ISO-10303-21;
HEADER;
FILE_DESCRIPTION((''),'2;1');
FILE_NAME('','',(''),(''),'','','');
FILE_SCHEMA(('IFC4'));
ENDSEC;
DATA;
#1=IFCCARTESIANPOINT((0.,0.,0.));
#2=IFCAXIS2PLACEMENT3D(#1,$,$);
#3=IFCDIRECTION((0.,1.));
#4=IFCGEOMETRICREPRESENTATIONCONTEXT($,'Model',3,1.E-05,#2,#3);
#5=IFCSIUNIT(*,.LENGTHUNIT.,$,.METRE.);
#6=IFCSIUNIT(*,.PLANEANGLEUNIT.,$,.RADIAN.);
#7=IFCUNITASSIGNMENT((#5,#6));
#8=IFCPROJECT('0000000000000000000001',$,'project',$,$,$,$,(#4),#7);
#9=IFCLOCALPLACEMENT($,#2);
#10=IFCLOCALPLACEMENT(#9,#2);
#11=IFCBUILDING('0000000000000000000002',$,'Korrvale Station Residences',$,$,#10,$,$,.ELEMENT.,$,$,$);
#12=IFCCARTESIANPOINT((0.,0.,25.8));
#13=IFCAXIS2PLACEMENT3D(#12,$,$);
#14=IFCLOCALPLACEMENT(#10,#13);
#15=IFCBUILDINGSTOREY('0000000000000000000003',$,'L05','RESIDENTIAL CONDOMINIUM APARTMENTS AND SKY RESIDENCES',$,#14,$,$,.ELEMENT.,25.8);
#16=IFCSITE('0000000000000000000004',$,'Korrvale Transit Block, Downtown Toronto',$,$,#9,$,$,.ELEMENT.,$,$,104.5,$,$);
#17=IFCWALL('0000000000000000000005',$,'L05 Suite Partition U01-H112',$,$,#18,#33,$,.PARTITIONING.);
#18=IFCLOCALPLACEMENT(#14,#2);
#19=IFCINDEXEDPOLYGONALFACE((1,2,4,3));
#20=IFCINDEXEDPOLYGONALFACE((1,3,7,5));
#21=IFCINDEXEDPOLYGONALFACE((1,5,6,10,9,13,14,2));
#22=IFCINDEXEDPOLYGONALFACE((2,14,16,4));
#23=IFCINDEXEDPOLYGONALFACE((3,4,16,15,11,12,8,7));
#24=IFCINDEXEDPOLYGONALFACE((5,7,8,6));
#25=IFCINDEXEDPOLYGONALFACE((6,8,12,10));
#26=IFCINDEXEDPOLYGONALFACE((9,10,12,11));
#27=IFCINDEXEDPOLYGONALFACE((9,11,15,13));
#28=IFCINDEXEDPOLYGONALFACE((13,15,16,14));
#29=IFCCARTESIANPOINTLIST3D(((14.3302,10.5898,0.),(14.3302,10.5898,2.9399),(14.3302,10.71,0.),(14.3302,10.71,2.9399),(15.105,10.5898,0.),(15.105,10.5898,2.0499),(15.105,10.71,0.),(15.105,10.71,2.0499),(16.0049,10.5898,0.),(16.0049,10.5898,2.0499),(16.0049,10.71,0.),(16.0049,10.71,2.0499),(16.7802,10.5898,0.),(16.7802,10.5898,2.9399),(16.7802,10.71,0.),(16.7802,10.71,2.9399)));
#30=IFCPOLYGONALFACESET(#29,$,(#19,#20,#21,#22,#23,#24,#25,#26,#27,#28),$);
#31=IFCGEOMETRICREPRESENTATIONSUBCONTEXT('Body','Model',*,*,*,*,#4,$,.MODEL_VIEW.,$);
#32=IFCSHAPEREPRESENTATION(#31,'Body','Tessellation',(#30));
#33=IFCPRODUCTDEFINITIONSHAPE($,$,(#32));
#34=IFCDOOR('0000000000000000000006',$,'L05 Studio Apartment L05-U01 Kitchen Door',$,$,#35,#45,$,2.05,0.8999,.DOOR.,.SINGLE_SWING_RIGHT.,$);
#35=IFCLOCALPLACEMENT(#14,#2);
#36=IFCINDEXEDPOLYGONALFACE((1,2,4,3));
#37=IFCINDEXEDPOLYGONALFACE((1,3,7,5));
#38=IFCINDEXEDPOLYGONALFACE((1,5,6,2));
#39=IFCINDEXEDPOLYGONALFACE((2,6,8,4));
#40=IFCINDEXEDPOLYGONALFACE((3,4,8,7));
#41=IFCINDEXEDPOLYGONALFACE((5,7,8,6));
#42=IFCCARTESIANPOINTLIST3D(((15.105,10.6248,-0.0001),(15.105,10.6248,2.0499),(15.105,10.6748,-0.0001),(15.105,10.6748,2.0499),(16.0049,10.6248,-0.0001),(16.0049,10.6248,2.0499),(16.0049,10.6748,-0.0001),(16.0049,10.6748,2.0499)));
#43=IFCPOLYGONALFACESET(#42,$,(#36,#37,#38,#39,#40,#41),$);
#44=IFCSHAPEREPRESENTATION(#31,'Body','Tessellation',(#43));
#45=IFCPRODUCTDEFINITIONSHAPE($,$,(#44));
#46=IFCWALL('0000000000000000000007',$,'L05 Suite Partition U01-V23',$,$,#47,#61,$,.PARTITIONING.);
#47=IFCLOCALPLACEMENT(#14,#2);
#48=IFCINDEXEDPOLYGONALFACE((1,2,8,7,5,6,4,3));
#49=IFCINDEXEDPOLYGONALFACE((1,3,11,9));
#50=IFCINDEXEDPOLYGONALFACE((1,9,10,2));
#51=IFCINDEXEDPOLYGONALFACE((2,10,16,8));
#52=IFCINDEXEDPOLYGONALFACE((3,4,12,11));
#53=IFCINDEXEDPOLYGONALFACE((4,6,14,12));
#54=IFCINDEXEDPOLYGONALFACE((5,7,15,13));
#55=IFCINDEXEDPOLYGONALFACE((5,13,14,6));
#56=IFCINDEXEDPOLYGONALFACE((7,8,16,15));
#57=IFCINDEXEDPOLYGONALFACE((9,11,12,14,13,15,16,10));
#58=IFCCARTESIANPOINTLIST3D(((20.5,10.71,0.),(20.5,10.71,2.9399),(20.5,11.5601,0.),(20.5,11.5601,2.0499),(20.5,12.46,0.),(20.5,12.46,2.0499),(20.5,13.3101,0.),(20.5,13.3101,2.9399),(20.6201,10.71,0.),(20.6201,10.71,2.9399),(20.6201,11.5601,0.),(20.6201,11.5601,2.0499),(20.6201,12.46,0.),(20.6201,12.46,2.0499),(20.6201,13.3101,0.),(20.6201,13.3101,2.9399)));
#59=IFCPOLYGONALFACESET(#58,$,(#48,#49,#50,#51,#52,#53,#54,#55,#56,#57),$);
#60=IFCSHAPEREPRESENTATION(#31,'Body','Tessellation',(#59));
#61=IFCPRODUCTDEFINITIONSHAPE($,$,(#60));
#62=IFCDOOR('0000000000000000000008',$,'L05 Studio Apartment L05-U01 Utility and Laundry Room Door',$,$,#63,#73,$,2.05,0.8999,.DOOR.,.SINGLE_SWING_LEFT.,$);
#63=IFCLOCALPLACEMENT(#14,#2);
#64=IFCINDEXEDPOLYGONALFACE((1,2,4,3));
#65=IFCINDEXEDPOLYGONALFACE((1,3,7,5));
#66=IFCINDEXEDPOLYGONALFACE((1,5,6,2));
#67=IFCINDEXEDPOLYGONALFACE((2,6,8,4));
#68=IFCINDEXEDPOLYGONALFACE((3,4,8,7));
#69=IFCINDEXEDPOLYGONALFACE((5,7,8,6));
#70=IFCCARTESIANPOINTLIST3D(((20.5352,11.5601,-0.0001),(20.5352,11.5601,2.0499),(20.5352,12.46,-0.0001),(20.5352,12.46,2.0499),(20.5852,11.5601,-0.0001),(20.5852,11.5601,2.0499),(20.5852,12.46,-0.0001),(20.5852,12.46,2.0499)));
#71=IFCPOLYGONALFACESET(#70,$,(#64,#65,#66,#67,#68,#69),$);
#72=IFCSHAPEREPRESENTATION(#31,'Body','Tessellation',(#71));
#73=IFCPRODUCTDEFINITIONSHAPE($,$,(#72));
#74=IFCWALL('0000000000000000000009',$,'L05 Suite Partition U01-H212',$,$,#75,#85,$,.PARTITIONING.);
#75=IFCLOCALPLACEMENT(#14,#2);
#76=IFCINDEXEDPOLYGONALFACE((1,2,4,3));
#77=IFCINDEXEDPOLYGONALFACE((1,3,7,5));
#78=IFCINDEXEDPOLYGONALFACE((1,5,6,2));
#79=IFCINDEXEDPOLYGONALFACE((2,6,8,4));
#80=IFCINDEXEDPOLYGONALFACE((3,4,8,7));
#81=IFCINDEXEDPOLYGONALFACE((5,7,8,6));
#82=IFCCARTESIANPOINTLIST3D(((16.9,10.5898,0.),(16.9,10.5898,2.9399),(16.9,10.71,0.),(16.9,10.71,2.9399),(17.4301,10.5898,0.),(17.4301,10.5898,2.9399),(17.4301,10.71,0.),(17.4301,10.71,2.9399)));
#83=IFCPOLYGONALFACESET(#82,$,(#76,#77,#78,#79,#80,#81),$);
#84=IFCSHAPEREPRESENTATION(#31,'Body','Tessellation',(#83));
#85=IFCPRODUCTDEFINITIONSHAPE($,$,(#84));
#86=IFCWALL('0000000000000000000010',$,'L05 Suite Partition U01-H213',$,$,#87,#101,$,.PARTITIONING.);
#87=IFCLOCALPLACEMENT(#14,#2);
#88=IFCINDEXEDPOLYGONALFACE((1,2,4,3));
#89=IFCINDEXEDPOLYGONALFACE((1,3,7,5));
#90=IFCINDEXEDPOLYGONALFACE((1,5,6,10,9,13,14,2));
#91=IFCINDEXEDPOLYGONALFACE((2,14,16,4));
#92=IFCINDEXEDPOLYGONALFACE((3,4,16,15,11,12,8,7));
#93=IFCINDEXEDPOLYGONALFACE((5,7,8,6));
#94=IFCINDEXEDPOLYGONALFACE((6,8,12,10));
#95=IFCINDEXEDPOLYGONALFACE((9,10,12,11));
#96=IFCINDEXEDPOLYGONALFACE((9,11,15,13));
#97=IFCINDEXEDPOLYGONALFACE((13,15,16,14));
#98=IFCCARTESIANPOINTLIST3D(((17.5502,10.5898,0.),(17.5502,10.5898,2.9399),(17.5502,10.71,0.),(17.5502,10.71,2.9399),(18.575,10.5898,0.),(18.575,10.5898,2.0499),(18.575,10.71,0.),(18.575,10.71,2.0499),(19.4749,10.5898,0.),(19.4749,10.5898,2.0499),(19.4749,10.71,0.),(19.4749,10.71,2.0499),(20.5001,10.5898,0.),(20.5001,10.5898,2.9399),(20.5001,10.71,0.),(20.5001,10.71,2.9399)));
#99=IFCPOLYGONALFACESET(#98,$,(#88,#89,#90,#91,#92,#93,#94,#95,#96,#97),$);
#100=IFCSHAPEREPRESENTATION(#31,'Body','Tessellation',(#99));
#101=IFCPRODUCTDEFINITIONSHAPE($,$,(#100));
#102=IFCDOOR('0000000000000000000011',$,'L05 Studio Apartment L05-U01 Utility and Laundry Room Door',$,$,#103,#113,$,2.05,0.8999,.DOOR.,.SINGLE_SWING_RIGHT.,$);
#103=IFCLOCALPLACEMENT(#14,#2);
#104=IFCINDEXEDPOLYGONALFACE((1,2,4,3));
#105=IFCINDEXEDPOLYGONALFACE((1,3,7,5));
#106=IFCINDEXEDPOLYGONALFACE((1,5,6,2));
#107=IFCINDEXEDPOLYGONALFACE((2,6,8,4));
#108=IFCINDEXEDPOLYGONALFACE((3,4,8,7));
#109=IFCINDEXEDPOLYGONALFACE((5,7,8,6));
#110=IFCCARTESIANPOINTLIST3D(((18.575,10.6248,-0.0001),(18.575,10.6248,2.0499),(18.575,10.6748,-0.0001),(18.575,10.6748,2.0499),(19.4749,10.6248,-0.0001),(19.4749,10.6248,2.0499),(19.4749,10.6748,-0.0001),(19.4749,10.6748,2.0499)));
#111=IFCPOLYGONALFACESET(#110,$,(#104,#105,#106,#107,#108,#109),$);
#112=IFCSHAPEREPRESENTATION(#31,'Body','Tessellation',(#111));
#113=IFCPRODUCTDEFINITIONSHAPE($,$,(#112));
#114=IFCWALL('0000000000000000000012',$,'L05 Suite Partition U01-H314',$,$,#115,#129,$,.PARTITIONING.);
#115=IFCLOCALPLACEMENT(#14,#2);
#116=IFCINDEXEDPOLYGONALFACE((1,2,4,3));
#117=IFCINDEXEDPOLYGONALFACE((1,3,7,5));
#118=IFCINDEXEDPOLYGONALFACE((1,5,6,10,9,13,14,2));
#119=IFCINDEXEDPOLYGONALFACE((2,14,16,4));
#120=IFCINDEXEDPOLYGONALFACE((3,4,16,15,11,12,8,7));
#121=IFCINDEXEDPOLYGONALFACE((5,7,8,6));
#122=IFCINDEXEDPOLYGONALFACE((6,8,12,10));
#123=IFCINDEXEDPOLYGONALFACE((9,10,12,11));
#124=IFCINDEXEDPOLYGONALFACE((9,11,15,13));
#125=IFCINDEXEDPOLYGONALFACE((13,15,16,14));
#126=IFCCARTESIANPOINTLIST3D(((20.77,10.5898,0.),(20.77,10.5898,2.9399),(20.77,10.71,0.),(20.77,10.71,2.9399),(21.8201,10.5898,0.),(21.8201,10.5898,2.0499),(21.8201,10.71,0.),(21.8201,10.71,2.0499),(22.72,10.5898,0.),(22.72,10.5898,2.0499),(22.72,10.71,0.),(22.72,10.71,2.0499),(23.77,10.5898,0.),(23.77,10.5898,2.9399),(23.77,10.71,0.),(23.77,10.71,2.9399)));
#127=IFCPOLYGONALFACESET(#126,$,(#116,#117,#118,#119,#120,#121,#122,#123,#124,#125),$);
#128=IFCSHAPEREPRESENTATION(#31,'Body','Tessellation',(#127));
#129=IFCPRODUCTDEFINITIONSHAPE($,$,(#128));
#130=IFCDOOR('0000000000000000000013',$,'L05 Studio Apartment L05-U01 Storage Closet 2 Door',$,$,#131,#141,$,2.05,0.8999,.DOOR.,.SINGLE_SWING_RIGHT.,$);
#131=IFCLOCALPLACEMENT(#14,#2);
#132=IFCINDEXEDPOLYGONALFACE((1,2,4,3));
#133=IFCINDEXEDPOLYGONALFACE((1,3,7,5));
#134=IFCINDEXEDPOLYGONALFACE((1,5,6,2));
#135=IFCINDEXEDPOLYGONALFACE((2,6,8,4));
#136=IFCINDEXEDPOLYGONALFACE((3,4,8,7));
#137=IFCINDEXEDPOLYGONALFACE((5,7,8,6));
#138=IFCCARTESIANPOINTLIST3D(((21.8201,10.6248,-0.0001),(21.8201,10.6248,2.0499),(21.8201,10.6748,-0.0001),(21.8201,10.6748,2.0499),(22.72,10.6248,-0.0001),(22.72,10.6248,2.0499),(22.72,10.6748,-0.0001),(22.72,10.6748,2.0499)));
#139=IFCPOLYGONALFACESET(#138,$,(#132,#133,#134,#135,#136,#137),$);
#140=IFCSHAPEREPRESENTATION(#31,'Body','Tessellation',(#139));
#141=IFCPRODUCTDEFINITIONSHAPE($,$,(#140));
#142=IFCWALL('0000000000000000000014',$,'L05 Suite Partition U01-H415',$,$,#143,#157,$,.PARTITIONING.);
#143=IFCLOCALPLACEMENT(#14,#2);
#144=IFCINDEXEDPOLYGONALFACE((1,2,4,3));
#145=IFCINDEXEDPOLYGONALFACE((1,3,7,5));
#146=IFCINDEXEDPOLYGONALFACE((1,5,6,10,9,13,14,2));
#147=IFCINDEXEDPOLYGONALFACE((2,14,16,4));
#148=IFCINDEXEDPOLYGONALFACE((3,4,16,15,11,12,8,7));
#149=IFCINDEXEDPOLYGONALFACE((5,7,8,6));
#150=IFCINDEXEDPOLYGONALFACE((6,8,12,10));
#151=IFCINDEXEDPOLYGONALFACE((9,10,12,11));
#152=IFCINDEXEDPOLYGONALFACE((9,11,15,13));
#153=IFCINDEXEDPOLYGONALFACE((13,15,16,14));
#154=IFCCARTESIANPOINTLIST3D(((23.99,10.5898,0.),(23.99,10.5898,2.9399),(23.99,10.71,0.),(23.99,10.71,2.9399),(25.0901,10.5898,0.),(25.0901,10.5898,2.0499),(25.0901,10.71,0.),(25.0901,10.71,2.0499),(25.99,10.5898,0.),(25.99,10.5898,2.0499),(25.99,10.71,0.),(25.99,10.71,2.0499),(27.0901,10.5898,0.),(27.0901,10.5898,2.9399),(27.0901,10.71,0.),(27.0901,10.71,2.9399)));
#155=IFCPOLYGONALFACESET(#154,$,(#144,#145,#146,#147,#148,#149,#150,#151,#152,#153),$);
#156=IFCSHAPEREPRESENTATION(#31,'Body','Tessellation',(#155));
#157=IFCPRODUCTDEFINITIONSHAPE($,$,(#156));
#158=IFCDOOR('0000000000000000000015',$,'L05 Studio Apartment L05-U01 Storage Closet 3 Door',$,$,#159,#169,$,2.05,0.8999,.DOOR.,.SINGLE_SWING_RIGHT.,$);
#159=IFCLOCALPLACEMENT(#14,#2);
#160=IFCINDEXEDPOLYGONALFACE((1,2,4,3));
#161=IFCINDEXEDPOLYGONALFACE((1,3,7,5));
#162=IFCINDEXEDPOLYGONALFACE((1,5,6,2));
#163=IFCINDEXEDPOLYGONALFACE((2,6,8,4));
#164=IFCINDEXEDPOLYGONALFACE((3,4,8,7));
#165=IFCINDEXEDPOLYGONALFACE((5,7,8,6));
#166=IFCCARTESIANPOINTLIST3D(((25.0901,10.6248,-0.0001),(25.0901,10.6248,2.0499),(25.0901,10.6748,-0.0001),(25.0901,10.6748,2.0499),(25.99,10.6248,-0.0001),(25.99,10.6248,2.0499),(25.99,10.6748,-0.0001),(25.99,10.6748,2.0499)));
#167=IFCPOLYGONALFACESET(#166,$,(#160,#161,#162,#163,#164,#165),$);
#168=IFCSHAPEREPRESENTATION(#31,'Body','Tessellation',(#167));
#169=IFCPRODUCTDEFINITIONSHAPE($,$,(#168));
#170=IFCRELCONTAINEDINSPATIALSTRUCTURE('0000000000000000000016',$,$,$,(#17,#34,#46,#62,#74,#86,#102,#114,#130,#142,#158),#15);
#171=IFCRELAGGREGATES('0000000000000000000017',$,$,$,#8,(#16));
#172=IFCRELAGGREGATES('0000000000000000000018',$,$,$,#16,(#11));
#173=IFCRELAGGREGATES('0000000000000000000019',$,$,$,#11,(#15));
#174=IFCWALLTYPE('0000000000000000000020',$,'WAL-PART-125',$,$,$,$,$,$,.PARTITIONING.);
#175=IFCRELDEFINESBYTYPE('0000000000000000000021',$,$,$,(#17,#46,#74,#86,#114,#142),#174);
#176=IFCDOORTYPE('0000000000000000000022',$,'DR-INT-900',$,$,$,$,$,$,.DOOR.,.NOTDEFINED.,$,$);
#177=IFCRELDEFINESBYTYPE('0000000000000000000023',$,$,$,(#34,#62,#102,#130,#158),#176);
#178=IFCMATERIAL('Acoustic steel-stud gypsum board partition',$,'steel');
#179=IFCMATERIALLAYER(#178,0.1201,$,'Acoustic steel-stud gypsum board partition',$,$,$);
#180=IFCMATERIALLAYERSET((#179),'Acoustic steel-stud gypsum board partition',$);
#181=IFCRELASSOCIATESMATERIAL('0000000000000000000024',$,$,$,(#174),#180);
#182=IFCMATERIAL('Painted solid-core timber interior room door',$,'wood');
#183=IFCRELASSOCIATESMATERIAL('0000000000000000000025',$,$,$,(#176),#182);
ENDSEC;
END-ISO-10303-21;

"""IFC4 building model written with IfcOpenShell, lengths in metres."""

from ifc_helpers import new_model, si_unit, direction, frame, frame_2d, origin, place, context, subcontext, project, spatial, rectangle, extrude, material, layer, layer_set, type_object, element, fill, save


model = new_model("IFC4")

# Units and contexts
model_context = context("Model", 3, precision=1e-05, world=origin(), true_north=direction((0.0, 1.0)))
body_context = subcontext(model_context, "Body", "Model", "MODEL_VIEW")
ifc_project = project(units=[si_unit("LENGTHUNIT", "METRE"), si_unit("PLANEANGLEUNIT", "RADIAN")], contexts=[model_context])

# Site, building, storey
site_placement = place(None, origin())
site = spatial("IfcSite", under=ifc_project, at=site_placement, Name="Korrvale Transit Block, Downtown Toronto", CompositionType="ELEMENT", RefElevation=104.5)
building_placement = place(site_placement, origin())
building = spatial("IfcBuilding", under=site, at=building_placement, Name="Korrvale Station Residences", CompositionType="ELEMENT")
storey_placement = place(building_placement, frame((0.0, 0.0, 25.8)))
storey = spatial("IfcBuildingStorey", under=building, at=storey_placement, Name="L05", Description="RESIDENTIAL CONDOMINIUM APARTMENTS AND SKY RESIDENCES", CompositionType="ELEMENT", Elevation=25.8)

# Walls, openings, doors
ifc_material_1 = material(Name="Acoustic steel-stud gypsum board partition", Category="steel")
ifc_layer_1 = layer(ifc_material_1, 0.1201, Name="Acoustic steel-stud gypsum board partition")
ifc_layer_set_1 = layer_set([ifc_layer_1], Name="Acoustic steel-stud gypsum board partition")
wall_type_1 = type_object("IfcWallType", Name="WAL-PART-125", PredefinedType="PARTITIONING", material=ifc_layer_set_1)
ifc_material_2 = material(Name="Painted solid-core timber interior room door", Category="wood")
door_type_1 = type_object("IfcDoorType", Name="DR-INT-900", OperationType="NOTDEFINED", PredefinedType="DOOR", material=ifc_material_2)
wall_1_placement = place(storey_placement, frame((14.3301, 10.6499, 0.0), z_axis=(0.0, 0.0, 1.0), x_axis=(1.0, 0.0, 0.0)))
wall_1 = element("IfcWall", 1, at=wall_1_placement, inside=storey, type_object=wall_type_1, Name="L05 Suite Partition U01-H112", PredefinedType="PARTITIONING", context=body_context, shape_type="SweptSolid", body=[
    extrude(rectangle(XDim=2.45, YDim=0.1201, at=frame_2d((1.2251, 0.0))), origin(), (0.0, 0.0, 1.0), 2.9399),
])
opening_1_placement = place(wall_1_placement, frame((0.7749, 0.0, 0.0)))
opening_1 = element("IfcOpeningElement", 2, at=opening_1_placement, cuts=wall_1, PredefinedType="OPENING", context=body_context, shape_type="SweptSolid", body=[
    extrude(rectangle(XDim=0.8999, YDim=2.05, at=frame_2d((0.45, 1.0249))), frame((0.0, 0.0701, 0.0), z_axis=(0.0, -1.0, 0.0), x_axis=(1.0, 0.0, 0.0)), (0.0, 0.0, 1.0), 0.1401),
])
door_1_placement = place(opening_1_placement, origin())
door_1 = element("IfcDoor", 3, at=door_1_placement, inside=storey, type_object=door_type_1, Name="L05 Studio Apartment L05-U01 Kitchen Door", OperationType="SINGLE_SWING_RIGHT", OverallHeight=2.05, OverallWidth=0.8999, PredefinedType="DOOR", context=body_context, shape_type="SweptSolid", body=[
    extrude(rectangle(XDim=0.8999, YDim=2.05, at=frame_2d((0.45, 1.0249))), frame((0.0, 0.0249, 0.0), z_axis=(0.0, -1.0, 0.0), x_axis=(1.0, 0.0, 0.0)), (0.0, 0.0, 1.0), 0.05),
])
fill(opening_1, door_1)
wall_2_placement = place(storey_placement, frame((20.5601, 10.71, 0.0), z_axis=(0.0, 0.0, 1.0), x_axis=(0.0, 1.0, 0.0)))
wall_2 = element("IfcWall", 4, at=wall_2_placement, inside=storey, type_object=wall_type_1, Name="L05 Suite Partition U01-V23", PredefinedType="PARTITIONING", context=body_context, shape_type="SweptSolid", body=[
    extrude(rectangle(XDim=2.6001, YDim=0.1201, at=frame_2d((1.3, 0.0))), origin(), (0.0, 0.0, 1.0), 2.9399),
])
opening_2_placement = place(wall_2_placement, frame((0.8501, 0.0, 0.0)))
opening_2 = element("IfcOpeningElement", 5, at=opening_2_placement, cuts=wall_2, PredefinedType="OPENING", context=body_context, shape_type="SweptSolid", body=[
    extrude(rectangle(XDim=0.8999, YDim=2.05, at=frame_2d((0.45, 1.0249))), frame((0.0, 0.0701, 0.0), z_axis=(0.0, -1.0, 0.0), x_axis=(1.0, 0.0, 0.0)), (0.0, 0.0, 1.0), 0.1401),
])
door_2_placement = place(opening_2_placement, origin())
door_2 = element("IfcDoor", 6, at=door_2_placement, inside=storey, type_object=door_type_1, Name="L05 Studio Apartment L05-U01 Utility and Laundry Room Door", OperationType="SINGLE_SWING_LEFT", OverallHeight=2.05, OverallWidth=0.8999, PredefinedType="DOOR", context=body_context, shape_type="SweptSolid", body=[
    extrude(rectangle(XDim=0.8999, YDim=2.05, at=frame_2d((0.45, 1.0249))), frame((0.0, 0.0249, 0.0), z_axis=(0.0, -1.0, 0.0), x_axis=(1.0, 0.0, 0.0)), (0.0, 0.0, 1.0), 0.05),
])
fill(opening_2, door_2)

# Wall
wall_3_placement = place(storey_placement, frame((16.8999, 10.6499, 0.0), z_axis=(0.0, 0.0, 1.0), x_axis=(1.0, 0.0, 0.0)))
element("IfcWall", 7, at=wall_3_placement, inside=storey, type_object=wall_type_1, Name="L05 Suite Partition U01-H212", PredefinedType="PARTITIONING", context=body_context, shape_type="SweptSolid", body=[
    extrude(rectangle(XDim=0.53, YDim=0.1201, at=frame_2d((0.2651, 0.0))), origin(), (0.0, 0.0, 1.0), 2.9399),
])

# Walls, openings, doors
wall_4_placement = place(storey_placement, frame((17.55, 10.6499, 0.0), z_axis=(0.0, 0.0, 1.0), x_axis=(1.0, 0.0, 0.0)))
wall_4 = element("IfcWall", 8, at=wall_4_placement, inside=storey, type_object=wall_type_1, Name="L05 Suite Partition U01-H213", PredefinedType="PARTITIONING", context=body_context, shape_type="SweptSolid", body=[
    extrude(rectangle(XDim=2.95, YDim=0.1201, at=frame_2d((1.4751, 0.0))), origin(), (0.0, 0.0, 1.0), 2.9399),
])
opening_3_placement = place(wall_4_placement, frame((1.0249, 0.0, 0.0)))
opening_3 = element("IfcOpeningElement", 9, at=opening_3_placement, cuts=wall_4, PredefinedType="OPENING", context=body_context, shape_type="SweptSolid", body=[
    extrude(rectangle(XDim=0.8999, YDim=2.05, at=frame_2d((0.45, 1.0249))), frame((0.0, 0.0701, 0.0), z_axis=(0.0, -1.0, 0.0), x_axis=(1.0, 0.0, 0.0)), (0.0, 0.0, 1.0), 0.1401),
])
door_3_placement = place(opening_3_placement, origin())
door_3 = element("IfcDoor", 10, at=door_3_placement, inside=storey, type_object=door_type_1, Name="L05 Studio Apartment L05-U01 Utility and Laundry Room Door", OperationType="SINGLE_SWING_RIGHT", OverallHeight=2.05, OverallWidth=0.8999, PredefinedType="DOOR", context=body_context, shape_type="SweptSolid", body=[
    extrude(rectangle(XDim=0.8999, YDim=2.05, at=frame_2d((0.45, 1.0249))), frame((0.0, 0.0249, 0.0), z_axis=(0.0, -1.0, 0.0), x_axis=(1.0, 0.0, 0.0)), (0.0, 0.0, 1.0), 0.05),
])
fill(opening_3, door_3)
wall_5_placement = place(storey_placement, frame((20.77, 10.6499, 0.0), z_axis=(0.0, 0.0, 1.0), x_axis=(1.0, 0.0, 0.0)))
wall_5 = element("IfcWall", 11, at=wall_5_placement, inside=storey, type_object=wall_type_1, Name="L05 Suite Partition U01-H314", PredefinedType="PARTITIONING", context=body_context, shape_type="SweptSolid", body=[
    extrude(rectangle(XDim=3.0, YDim=0.1201, at=frame_2d((1.5, 0.0))), origin(), (0.0, 0.0, 1.0), 2.9399),
])
opening_4_placement = place(wall_5_placement, frame((1.05, 0.0, 0.0)))
opening_4 = element("IfcOpeningElement", 12, at=opening_4_placement, cuts=wall_5, PredefinedType="OPENING", context=body_context, shape_type="SweptSolid", body=[
    extrude(rectangle(XDim=0.8999, YDim=2.05, at=frame_2d((0.45, 1.0249))), frame((0.0, 0.0701, 0.0), z_axis=(0.0, -1.0, 0.0), x_axis=(1.0, 0.0, 0.0)), (0.0, 0.0, 1.0), 0.1401),
])
door_4_placement = place(opening_4_placement, origin())
door_4 = element("IfcDoor", 13, at=door_4_placement, inside=storey, type_object=door_type_1, Name="L05 Studio Apartment L05-U01 Storage Closet 2 Door", OperationType="SINGLE_SWING_RIGHT", OverallHeight=2.05, OverallWidth=0.8999, PredefinedType="DOOR", context=body_context, shape_type="SweptSolid", body=[
    extrude(rectangle(XDim=0.8999, YDim=2.05, at=frame_2d((0.45, 1.0249))), frame((0.0, 0.0249, 0.0), z_axis=(0.0, -1.0, 0.0), x_axis=(1.0, 0.0, 0.0)), (0.0, 0.0, 1.0), 0.05),
])
fill(opening_4, door_4)
wall_6_placement = place(storey_placement, frame((23.99, 10.6499, 0.0), z_axis=(0.0, 0.0, 1.0), x_axis=(1.0, 0.0, 0.0)))
wall_6 = element("IfcWall", 14, at=wall_6_placement, inside=storey, type_object=wall_type_1, Name="L05 Suite Partition U01-H415", PredefinedType="PARTITIONING", context=body_context, shape_type="SweptSolid", body=[
    extrude(rectangle(XDim=3.1001, YDim=0.1201, at=frame_2d((1.55, 0.0))), origin(), (0.0, 0.0, 1.0), 2.9399),
])
opening_5_placement = place(wall_6_placement, frame((1.1001, 0.0, 0.0)))
opening_5 = element("IfcOpeningElement", 15, at=opening_5_placement, cuts=wall_6, PredefinedType="OPENING", context=body_context, shape_type="SweptSolid", body=[
    extrude(rectangle(XDim=0.8999, YDim=2.05, at=frame_2d((0.45, 1.0249))), frame((0.0, 0.0701, 0.0), z_axis=(0.0, -1.0, 0.0), x_axis=(1.0, 0.0, 0.0)), (0.0, 0.0, 1.0), 0.1401),
])
door_5_placement = place(opening_5_placement, origin())
door_5 = element("IfcDoor", 16, at=door_5_placement, inside=storey, type_object=door_type_1, Name="L05 Studio Apartment L05-U01 Storage Closet 3 Door", OperationType="SINGLE_SWING_RIGHT", OverallHeight=2.05, OverallWidth=0.8999, PredefinedType="DOOR", context=body_context, shape_type="SweptSolid", body=[
    extrude(rectangle(XDim=0.8999, YDim=2.05, at=frame_2d((0.45, 1.0249))), frame((0.0, 0.0249, 0.0), z_axis=(0.0, -1.0, 0.0), x_axis=(1.0, 0.0, 0.0)), (0.0, 0.0, 1.0), 0.05),
])
fill(opening_5, door_5)

save(model, "model.ifc")
